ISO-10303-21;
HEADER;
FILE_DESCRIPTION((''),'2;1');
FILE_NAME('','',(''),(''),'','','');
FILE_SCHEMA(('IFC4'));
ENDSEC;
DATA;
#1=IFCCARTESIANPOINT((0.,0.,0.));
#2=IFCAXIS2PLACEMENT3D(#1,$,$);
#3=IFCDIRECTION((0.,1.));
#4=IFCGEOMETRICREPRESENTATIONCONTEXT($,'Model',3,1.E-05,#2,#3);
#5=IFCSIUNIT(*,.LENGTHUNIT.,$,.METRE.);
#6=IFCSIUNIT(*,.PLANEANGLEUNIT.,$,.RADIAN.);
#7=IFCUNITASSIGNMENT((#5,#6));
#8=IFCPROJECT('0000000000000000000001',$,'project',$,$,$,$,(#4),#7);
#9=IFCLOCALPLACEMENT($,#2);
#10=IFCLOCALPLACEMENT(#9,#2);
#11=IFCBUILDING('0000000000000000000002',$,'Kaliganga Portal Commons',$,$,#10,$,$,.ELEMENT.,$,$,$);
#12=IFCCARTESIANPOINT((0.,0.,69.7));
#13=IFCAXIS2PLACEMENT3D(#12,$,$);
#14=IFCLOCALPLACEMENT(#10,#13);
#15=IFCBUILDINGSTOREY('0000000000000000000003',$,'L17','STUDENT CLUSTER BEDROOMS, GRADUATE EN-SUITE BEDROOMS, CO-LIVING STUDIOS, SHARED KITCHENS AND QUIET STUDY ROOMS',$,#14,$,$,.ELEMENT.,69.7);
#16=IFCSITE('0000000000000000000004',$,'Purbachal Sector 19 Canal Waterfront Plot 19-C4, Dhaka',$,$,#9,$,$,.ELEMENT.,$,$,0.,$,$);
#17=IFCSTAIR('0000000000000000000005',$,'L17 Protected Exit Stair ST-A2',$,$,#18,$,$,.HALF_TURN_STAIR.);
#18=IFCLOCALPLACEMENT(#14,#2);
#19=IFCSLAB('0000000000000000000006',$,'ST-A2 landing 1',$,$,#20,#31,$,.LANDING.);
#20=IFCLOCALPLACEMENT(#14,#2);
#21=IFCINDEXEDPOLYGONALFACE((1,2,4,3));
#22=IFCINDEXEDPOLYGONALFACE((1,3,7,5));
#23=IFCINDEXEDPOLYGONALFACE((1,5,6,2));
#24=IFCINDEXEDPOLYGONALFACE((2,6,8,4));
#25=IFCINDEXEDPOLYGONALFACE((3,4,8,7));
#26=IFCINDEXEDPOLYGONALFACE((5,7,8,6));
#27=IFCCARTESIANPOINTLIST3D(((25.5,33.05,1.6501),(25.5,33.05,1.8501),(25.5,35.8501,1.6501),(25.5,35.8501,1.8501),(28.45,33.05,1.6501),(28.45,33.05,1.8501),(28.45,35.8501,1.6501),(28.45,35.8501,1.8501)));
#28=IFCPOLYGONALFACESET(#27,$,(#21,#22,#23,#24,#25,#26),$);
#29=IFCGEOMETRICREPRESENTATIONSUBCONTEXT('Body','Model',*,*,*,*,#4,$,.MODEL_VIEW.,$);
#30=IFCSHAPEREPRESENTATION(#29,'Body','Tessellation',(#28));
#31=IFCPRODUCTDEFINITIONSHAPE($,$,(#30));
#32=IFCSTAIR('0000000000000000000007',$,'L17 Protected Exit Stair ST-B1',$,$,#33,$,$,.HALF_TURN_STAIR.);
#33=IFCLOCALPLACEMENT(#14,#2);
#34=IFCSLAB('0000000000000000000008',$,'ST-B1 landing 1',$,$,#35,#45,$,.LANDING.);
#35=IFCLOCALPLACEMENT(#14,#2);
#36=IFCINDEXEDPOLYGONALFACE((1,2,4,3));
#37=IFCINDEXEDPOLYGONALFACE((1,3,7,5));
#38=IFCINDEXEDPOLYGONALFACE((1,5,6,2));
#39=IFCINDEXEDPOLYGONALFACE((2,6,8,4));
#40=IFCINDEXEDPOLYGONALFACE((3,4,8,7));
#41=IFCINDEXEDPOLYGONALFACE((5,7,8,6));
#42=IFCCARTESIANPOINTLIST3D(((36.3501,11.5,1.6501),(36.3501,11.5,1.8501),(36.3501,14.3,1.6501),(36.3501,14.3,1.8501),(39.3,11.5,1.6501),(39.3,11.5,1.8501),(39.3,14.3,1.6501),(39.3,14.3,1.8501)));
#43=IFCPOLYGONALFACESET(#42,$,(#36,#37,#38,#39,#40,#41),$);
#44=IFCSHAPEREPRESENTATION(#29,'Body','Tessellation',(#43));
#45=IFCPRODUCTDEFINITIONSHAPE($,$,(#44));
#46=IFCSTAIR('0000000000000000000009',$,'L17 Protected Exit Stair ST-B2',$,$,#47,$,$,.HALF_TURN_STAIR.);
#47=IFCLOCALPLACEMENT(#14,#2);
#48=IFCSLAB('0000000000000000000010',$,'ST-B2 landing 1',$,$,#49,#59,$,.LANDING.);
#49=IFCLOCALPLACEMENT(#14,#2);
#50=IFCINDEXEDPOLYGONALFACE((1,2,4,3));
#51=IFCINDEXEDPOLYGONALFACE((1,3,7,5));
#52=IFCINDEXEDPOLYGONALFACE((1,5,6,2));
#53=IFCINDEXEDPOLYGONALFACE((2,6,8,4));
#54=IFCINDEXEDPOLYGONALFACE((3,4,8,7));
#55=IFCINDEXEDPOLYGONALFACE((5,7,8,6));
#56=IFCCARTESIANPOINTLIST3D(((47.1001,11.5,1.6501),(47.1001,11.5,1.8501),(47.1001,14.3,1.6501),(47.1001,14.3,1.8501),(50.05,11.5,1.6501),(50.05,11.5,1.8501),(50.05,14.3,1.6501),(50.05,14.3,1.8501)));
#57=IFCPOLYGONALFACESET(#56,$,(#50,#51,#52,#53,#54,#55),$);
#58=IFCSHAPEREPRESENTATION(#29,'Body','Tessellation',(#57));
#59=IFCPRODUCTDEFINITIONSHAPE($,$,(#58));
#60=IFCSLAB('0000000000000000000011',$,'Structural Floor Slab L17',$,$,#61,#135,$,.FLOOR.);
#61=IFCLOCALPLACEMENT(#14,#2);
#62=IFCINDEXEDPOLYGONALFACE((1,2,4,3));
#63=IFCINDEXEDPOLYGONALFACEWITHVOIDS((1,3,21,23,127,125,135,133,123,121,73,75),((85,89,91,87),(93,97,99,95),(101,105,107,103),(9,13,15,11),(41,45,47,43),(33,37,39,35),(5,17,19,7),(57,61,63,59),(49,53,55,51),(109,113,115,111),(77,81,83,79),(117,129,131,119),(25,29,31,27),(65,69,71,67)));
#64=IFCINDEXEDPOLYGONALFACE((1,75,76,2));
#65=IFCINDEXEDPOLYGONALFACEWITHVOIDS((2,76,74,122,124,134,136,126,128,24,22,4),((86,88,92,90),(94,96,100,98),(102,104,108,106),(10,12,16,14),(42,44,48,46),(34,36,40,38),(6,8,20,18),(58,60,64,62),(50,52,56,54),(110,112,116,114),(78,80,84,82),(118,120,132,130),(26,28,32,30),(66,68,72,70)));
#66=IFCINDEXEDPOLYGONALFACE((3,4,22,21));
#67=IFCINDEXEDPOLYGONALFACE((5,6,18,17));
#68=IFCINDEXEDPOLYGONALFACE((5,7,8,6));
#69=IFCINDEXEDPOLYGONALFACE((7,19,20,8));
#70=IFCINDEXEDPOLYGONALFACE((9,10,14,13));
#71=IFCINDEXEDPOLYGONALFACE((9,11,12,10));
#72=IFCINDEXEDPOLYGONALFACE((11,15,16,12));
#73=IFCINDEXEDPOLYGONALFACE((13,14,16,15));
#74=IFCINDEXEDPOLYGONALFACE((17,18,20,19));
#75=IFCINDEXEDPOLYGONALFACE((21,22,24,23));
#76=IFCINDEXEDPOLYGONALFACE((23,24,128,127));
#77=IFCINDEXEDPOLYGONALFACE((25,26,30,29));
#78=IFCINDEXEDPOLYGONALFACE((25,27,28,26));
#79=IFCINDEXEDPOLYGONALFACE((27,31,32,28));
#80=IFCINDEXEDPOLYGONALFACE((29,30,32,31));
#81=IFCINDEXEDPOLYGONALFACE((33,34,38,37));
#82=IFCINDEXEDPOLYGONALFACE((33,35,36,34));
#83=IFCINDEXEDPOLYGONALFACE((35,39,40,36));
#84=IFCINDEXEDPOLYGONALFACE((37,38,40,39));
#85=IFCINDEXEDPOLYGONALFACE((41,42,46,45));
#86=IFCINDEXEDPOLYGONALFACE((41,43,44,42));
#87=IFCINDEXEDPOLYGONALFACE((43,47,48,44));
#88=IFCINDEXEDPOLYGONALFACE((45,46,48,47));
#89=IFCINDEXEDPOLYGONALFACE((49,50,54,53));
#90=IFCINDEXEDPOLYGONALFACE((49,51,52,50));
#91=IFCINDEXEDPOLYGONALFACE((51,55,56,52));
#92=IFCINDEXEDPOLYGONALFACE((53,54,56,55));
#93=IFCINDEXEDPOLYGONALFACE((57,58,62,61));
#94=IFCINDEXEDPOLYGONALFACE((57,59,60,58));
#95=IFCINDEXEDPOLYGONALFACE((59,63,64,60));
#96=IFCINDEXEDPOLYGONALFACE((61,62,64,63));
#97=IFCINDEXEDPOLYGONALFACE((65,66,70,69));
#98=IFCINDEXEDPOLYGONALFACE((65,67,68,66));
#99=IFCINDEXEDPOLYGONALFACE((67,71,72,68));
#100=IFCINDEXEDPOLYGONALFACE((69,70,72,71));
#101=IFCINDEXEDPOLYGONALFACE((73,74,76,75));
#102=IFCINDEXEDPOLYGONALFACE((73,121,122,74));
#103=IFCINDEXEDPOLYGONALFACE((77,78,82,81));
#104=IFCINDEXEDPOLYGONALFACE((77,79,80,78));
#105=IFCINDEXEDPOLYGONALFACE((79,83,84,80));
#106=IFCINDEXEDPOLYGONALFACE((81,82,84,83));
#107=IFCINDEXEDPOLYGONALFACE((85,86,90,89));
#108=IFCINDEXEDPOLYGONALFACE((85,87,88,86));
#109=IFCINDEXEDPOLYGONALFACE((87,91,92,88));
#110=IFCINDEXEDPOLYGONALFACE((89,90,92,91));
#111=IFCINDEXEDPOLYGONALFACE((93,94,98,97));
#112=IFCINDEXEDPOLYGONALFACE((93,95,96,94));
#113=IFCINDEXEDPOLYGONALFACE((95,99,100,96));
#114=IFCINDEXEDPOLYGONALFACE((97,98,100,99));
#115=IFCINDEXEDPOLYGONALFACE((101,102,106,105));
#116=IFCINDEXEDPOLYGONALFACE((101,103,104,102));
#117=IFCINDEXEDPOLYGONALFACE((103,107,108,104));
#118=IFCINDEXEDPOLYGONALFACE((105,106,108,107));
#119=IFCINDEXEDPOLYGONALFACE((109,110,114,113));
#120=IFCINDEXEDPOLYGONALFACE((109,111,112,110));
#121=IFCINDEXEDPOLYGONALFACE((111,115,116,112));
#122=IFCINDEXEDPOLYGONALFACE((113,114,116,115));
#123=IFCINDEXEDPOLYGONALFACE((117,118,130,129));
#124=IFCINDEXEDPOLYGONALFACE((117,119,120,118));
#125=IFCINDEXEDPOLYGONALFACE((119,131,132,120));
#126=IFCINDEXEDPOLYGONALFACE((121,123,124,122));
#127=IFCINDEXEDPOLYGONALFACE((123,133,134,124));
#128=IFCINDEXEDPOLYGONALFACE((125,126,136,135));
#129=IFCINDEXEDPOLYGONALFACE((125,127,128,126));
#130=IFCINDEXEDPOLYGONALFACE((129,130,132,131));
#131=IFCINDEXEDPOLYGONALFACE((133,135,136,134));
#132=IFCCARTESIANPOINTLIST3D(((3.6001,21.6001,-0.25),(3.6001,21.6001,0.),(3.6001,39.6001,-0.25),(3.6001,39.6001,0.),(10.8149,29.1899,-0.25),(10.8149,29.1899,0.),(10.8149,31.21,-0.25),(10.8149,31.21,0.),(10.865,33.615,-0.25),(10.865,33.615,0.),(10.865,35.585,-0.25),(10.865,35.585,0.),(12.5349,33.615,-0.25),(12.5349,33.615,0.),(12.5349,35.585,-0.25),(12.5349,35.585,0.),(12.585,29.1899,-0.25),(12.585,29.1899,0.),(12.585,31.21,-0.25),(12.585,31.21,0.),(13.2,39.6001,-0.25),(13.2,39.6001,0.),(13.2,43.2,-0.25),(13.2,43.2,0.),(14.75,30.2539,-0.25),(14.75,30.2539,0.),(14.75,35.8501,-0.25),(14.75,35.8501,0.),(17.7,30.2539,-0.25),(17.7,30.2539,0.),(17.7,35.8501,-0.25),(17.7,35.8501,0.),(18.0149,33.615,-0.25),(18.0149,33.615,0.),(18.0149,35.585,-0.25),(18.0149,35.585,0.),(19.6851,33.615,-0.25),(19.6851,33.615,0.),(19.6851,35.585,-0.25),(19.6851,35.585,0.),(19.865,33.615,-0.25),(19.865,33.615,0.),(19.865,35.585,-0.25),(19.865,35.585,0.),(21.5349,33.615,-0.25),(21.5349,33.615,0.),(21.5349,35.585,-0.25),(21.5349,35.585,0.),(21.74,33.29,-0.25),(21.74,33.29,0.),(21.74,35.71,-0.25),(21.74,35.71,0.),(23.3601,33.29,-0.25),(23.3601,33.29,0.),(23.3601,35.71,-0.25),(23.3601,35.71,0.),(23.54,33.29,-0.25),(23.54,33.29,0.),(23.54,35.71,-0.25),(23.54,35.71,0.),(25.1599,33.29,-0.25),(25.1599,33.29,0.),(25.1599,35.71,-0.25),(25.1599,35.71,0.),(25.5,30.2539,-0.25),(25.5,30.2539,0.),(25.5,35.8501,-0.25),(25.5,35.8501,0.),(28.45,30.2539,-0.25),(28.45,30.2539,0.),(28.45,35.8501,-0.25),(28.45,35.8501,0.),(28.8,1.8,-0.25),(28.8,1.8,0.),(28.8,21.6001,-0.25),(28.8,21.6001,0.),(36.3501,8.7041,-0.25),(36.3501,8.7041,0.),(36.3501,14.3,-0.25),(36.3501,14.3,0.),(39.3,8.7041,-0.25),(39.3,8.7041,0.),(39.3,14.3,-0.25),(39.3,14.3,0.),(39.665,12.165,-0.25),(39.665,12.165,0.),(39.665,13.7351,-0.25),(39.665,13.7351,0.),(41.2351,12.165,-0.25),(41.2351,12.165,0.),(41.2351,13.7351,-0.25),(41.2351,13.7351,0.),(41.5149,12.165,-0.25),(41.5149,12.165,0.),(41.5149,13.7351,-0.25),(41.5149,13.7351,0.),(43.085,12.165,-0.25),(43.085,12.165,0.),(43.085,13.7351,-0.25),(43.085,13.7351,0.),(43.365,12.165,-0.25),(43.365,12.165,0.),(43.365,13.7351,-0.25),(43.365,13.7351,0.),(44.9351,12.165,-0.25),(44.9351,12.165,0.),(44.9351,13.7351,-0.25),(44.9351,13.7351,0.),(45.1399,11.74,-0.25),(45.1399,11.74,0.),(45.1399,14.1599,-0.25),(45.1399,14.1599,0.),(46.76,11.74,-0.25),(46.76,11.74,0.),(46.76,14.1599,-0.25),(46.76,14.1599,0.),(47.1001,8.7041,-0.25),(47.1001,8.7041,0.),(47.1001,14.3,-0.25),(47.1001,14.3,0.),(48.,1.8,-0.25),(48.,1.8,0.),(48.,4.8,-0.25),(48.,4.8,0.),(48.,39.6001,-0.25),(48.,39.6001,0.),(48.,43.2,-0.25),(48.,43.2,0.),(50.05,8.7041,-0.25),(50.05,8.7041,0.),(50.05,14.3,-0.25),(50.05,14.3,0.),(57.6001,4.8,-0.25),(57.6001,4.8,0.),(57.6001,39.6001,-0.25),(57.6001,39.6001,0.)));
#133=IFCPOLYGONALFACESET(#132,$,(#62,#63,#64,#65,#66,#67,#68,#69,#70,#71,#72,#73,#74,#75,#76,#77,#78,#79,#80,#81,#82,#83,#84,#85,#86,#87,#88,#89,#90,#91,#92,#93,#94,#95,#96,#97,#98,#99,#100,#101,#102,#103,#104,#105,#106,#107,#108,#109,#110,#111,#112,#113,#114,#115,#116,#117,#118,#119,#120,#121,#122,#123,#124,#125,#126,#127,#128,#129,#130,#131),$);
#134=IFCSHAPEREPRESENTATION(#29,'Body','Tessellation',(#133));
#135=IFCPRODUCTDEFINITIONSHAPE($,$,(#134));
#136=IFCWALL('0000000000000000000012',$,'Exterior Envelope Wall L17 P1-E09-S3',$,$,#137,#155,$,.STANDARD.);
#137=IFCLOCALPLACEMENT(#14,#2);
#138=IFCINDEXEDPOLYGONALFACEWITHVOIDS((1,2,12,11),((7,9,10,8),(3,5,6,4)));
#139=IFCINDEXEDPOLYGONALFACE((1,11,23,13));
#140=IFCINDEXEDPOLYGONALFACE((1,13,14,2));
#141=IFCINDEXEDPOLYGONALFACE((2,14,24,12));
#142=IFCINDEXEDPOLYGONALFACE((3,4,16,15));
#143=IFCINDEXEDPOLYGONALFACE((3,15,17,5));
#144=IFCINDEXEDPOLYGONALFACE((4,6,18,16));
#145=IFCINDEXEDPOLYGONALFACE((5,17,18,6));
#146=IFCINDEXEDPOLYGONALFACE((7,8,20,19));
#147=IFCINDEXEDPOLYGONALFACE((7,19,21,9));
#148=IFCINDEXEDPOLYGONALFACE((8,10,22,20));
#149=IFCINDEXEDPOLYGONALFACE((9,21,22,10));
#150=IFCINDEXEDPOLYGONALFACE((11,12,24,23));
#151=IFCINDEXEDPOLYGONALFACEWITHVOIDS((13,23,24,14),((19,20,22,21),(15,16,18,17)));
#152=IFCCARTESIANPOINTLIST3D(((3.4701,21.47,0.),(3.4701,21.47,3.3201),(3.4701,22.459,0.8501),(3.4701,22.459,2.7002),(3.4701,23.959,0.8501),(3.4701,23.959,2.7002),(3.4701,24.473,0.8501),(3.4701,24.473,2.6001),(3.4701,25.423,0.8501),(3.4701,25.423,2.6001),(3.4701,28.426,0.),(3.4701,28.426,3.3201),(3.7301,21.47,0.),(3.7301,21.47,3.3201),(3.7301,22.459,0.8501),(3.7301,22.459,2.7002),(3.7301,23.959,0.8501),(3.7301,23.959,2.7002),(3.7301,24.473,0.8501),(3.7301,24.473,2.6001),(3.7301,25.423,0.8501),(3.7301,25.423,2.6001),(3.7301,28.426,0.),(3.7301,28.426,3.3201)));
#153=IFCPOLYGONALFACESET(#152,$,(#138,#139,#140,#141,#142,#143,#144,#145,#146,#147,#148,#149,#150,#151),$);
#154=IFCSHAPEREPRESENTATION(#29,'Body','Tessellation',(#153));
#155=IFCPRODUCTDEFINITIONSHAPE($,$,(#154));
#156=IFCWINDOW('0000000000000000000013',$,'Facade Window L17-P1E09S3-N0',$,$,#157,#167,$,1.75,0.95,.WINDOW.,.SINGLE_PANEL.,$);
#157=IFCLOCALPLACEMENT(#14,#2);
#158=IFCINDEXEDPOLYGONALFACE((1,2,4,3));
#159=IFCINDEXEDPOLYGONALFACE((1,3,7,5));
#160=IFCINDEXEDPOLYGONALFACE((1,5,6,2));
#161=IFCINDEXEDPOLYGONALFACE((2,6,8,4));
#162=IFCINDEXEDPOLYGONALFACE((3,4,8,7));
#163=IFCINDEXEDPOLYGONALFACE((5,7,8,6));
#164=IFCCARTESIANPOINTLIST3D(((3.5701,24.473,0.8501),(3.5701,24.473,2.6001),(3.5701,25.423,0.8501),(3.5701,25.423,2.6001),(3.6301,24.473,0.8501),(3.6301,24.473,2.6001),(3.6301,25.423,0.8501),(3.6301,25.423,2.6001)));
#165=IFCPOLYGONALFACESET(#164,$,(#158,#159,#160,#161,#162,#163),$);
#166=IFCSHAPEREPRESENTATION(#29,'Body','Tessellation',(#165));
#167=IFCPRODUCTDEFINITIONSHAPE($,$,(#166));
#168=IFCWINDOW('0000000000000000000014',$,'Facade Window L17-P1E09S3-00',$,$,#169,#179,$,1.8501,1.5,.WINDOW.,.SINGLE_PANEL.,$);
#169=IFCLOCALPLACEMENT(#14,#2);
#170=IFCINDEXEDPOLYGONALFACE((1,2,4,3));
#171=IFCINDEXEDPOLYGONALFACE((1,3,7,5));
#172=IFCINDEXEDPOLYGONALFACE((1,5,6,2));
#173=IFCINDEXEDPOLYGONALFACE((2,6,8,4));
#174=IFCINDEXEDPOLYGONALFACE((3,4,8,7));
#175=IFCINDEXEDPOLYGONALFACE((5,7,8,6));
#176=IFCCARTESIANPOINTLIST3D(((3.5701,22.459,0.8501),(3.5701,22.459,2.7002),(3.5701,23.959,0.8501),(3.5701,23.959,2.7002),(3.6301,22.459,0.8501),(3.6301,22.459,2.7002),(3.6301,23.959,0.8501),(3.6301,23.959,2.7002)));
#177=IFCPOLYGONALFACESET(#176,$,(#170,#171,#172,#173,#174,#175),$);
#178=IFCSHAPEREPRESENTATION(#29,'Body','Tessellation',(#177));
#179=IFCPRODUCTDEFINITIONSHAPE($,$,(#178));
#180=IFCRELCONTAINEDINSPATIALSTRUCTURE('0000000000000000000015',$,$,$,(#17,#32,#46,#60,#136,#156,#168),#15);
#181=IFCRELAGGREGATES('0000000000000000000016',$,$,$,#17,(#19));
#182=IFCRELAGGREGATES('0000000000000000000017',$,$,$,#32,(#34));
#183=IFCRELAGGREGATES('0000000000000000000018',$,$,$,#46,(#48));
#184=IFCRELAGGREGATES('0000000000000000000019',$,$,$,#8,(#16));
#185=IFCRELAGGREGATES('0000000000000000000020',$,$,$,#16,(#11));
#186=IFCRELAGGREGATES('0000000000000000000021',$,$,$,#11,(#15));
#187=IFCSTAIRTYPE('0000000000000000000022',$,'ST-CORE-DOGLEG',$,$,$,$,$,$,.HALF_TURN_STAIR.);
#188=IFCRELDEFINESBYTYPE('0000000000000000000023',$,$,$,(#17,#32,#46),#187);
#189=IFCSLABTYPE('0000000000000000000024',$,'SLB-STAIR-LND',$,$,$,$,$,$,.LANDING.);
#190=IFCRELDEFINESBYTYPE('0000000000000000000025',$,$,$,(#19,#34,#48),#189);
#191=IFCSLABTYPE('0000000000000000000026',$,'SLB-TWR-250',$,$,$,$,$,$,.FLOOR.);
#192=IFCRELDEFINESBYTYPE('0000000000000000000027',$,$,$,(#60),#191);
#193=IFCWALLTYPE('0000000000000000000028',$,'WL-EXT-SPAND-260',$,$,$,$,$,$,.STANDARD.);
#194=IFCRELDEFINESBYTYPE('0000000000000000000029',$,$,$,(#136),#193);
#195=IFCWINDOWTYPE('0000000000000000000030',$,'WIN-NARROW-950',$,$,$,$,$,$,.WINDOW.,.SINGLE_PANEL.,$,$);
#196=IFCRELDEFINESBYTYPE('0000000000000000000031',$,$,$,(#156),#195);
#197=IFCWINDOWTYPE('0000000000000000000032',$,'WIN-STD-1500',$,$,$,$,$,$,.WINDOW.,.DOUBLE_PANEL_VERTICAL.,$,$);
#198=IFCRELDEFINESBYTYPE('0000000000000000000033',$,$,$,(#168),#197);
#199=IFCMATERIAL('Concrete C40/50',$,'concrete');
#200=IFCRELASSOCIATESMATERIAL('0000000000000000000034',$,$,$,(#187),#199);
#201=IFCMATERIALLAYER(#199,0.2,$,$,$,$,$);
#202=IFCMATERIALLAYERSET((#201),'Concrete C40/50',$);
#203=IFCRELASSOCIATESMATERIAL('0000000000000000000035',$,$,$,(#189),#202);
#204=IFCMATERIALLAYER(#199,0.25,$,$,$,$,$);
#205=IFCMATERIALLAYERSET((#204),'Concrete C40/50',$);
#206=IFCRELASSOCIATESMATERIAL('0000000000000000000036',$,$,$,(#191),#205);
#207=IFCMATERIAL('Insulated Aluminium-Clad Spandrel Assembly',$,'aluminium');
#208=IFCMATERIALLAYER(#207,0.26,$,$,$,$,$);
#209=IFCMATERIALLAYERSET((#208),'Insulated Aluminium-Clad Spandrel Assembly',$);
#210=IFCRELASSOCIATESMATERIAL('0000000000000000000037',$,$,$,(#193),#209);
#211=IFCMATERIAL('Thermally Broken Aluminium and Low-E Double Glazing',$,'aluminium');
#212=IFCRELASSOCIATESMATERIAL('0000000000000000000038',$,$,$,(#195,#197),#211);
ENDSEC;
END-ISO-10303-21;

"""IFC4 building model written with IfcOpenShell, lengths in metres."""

from ifc_helpers import new_model, si_unit, direction, frame, frame_2d, origin, place, context, subcontext, project, spatial, polyline, rectangle, outline, extrude, material, layer, layer_set, type_object, element, fill, aggregate, save


model = new_model("IFC4")

# Units and contexts
model_context = context("Model", 3, precision=1e-05, world=origin(), true_north=direction((0.0, 1.0)))
body_context = subcontext(model_context, "Body", "Model", "MODEL_VIEW")
ifc_project = project(units=[si_unit("LENGTHUNIT", "METRE"), si_unit("PLANEANGLEUNIT", "RADIAN")], contexts=[model_context])

# Site, building, storey
site_placement = place(None, origin())
site = spatial("IfcSite", under=ifc_project, at=site_placement, Name="Purbachal Sector 19 Canal Waterfront Plot 19-C4, Dhaka", CompositionType="ELEMENT", RefElevation=0.0)
building_placement = place(site_placement, origin())
building = spatial("IfcBuilding", under=site, at=building_placement, Name="Kaliganga Portal Commons", CompositionType="ELEMENT")
storey_placement = place(building_placement, frame((0.0, 0.0, 69.7)))
storey = spatial("IfcBuildingStorey", under=building, at=storey_placement, Name="L17", Description="STUDENT CLUSTER BEDROOMS, GRADUATE EN-SUITE BEDROOMS, CO-LIVING STUDIOS, SHARED KITCHENS AND QUIET STUDY ROOMS", CompositionType="ELEMENT", Elevation=69.7)

# Shared definitions
ifc_material_1 = material(Name="Concrete C40/50", Category="concrete")

# Stairs, slabs
stair_type = type_object("IfcStairType", Name="ST-CORE-DOGLEG", PredefinedType="HALF_TURN_STAIR", material=ifc_material_1)
ifc_layer_1 = layer(ifc_material_1, 0.2)
ifc_layer_set_1 = layer_set([ifc_layer_1], Name="Concrete C40/50")
slab_type_1 = type_object("IfcSlabType", Name="SLB-STAIR-LND", PredefinedType="LANDING", material=ifc_layer_set_1)
stair_1_placement = place(storey_placement, origin())
stair_1 = element("IfcStair", 1, at=stair_1_placement, inside=storey, type_object=stair_type, Name="L17 Protected Exit Stair ST-A2", PredefinedType="HALF_TURN_STAIR")
slab_1_placement = place(storey_placement, frame((0.0, 0.0, 1.6501)))
slab_1 = element("IfcSlab", 2, at=slab_1_placement, type_object=slab_type_1, Name="ST-A2 landing 1", PredefinedType="LANDING", context=body_context, shape_type="SweptSolid", body=[
    extrude(outline(polyline([(28.45, 33.05), (28.45, 35.8501), (25.5, 35.8501), (25.5, 33.05), (28.45, 33.05)])), origin(), (0.0, 0.0, 1.0), 0.2),
])
aggregate(stair_1, [slab_1])
stair_2_placement = place(storey_placement, origin())
stair_2 = element("IfcStair", 3, at=stair_2_placement, inside=storey, type_object=stair_type, Name="L17 Protected Exit Stair ST-B1", PredefinedType="HALF_TURN_STAIR")
slab_2_placement = place(storey_placement, frame((0.0, 0.0, 1.6501)))
slab_2 = element("IfcSlab", 4, at=slab_2_placement, type_object=slab_type_1, Name="ST-B1 landing 1", PredefinedType="LANDING", context=body_context, shape_type="SweptSolid", body=[
    extrude(outline(polyline([(39.3, 11.5), (39.3, 14.3), (36.3501, 14.3), (36.3501, 11.5), (39.3, 11.5)])), origin(), (0.0, 0.0, 1.0), 0.2),
])
aggregate(stair_2, [slab_2])
stair_3_placement = place(storey_placement, origin())
stair_3 = element("IfcStair", 5, at=stair_3_placement, inside=storey, type_object=stair_type, Name="L17 Protected Exit Stair ST-B2", PredefinedType="HALF_TURN_STAIR")
slab_3_placement = place(storey_placement, frame((0.0, 0.0, 1.6501)))
slab_3 = element("IfcSlab", 6, at=slab_3_placement, type_object=slab_type_1, Name="ST-B2 landing 1", PredefinedType="LANDING", context=body_context, shape_type="SweptSolid", body=[
    extrude(outline(polyline([(50.05, 11.5), (50.05, 14.3), (47.1001, 14.3), (47.1001, 11.5), (50.05, 11.5)])), origin(), (0.0, 0.0, 1.0), 0.2),
])
aggregate(stair_3, [slab_3])

# Slab
ifc_layer_2 = layer(ifc_material_1, 0.25)
ifc_layer_set_2 = layer_set([ifc_layer_2], Name="Concrete C40/50")
slab_type_2 = type_object("IfcSlabType", Name="SLB-TWR-250", PredefinedType="FLOOR", material=ifc_layer_set_2)
slab_4_placement = place(storey_placement, frame((0.0, 0.0, -0.25)))
element("IfcSlab", 7, at=slab_4_placement, inside=storey, type_object=slab_type_2, Name="Structural Floor Slab L17", PredefinedType="FLOOR", context=body_context, shape_type="SweptSolid", body=[
    extrude(outline(polyline([(28.8, 1.8), (48.0, 1.8), (48.0, 4.8), (57.6001, 4.8), (57.6001, 39.6001), (48.0, 39.6001), (48.0, 43.2), (13.2, 43.2), (13.2, 39.6001), (3.6001, 39.6001), (3.6001, 21.6001), (28.8, 21.6001), (28.8, 1.8)]), holes=[polyline([(14.75, 30.2539), (14.75, 35.8501), (17.7, 35.8501), (17.7, 30.2539), (14.75, 30.2539)]), polyline([(25.5, 30.2539), (25.5, 35.8501), (28.45, 35.8501), (28.45, 30.2539), (25.5, 30.2539)]), polyline([(36.3501, 8.7041), (36.3501, 14.3), (39.3, 14.3), (39.3, 8.7041), (36.3501, 8.7041)]), polyline([(47.1001, 8.7041), (47.1001, 14.3), (50.05, 14.3), (50.05, 8.7041), (47.1001, 8.7041)]), polyline([(18.0149, 33.615), (18.0149, 35.585), (19.6851, 35.585), (19.6851, 33.615), (18.0149, 33.615)]), polyline([(19.865, 33.615), (19.865, 35.585), (21.5349, 35.585), (21.5349, 33.615), (19.865, 33.615)]), polyline([(10.8149, 29.1899), (10.8149, 31.21), (12.585, 31.21), (12.585, 29.1899), (10.8149, 29.1899)]), polyline([(10.865, 33.615), (10.865, 35.585), (12.5349, 35.585), (12.5349, 33.615), (10.865, 33.615)]), polyline([(21.74, 33.29), (21.74, 35.71), (23.3601, 35.71), (23.3601, 33.29), (21.74, 33.29)]), polyline([(23.54, 33.29), (23.54, 35.71), (25.1599, 35.71), (25.1599, 33.29), (23.54, 33.29)]), polyline([(39.665, 12.165), (39.665, 13.7351), (41.2351, 13.7351), (41.2351, 12.165), (39.665, 12.165)]), polyline([(41.5149, 12.165), (41.5149, 13.7351), (43.085, 13.7351), (43.085, 12.165), (41.5149, 12.165)]), polyline([(43.365, 12.165), (43.365, 13.7351), (44.9351, 13.7351), (44.9351, 12.165), (43.365, 12.165)]), polyline([(45.1399, 11.74), (45.1399, 14.1599), (46.76, 14.1599), (46.76, 11.74), (45.1399, 11.74)])]), origin(), (0.0, 0.0, 1.0), 0.25),
])

# Wall, openings, windows
ifc_material_2 = material(Name="Insulated Aluminium-Clad Spandrel Assembly", Category="aluminium")
ifc_layer_3 = layer(ifc_material_2, 0.26)
ifc_layer_set_3 = layer_set([ifc_layer_3], Name="Insulated Aluminium-Clad Spandrel Assembly")
wall_type_1 = type_object("IfcWallType", Name="WL-EXT-SPAND-260", PredefinedType="STANDARD", material=ifc_layer_set_3)
wall_1_placement = place(storey_placement, frame((3.6001, 21.47, 0.0), z_axis=(0.0, 0.0, 1.0), x_axis=(0.0, 1.0, 0.0)))
wall_1 = element("IfcWall", 8, at=wall_1_placement, inside=storey, type_object=wall_type_1, Name="Exterior Envelope Wall L17 P1-E09-S3", PredefinedType="STANDARD", context=body_context, shape_type="SweptSolid", body=[
    extrude(rectangle(XDim=6.9561, YDim=0.26, at=frame_2d((3.478, 0.0))), origin(), (0.0, 0.0, 1.0), 3.3201),
])
opening_1_placement = place(wall_1_placement, frame((0.989, 0.0, 0.8501)))
opening_1 = element("IfcOpeningElement", 9, at=opening_1_placement, cuts=wall_1, PredefinedType="OPENING", context=body_context, shape_type="SweptSolid", body=[
    extrude(rectangle(XDim=1.5, YDim=1.8501, at=frame_2d((0.75, 0.925))), frame((0.0, 0.1401, 0.0), z_axis=(0.0, -1.0, 0.0), x_axis=(1.0, 0.0, 0.0)), (0.0, 0.0, 1.0), 0.28),
])
opening_2_placement = place(wall_1_placement, frame((3.0029, 0.0, 0.8501)))
opening_2 = element("IfcOpeningElement", 10, at=opening_2_placement, cuts=wall_1, PredefinedType="OPENING", context=body_context, shape_type="SweptSolid", body=[
    extrude(rectangle(XDim=0.95, YDim=1.75, at=frame_2d((0.4751, 0.875))), frame((0.0, 0.1401, 0.0), z_axis=(0.0, -1.0, 0.0), x_axis=(1.0, 0.0, 0.0)), (0.0, 0.0, 1.0), 0.28),
])
ifc_material_3 = material(Name="Thermally Broken Aluminium and Low-E Double Glazing", Category="aluminium")
window_type_1 = type_object("IfcWindowType", Name="WIN-NARROW-950", PartitioningType="SINGLE_PANEL", PredefinedType="WINDOW", material=ifc_material_3)
window_1_placement = place(opening_2_placement, origin())
window_1 = element("IfcWindow", 11, at=window_1_placement, inside=storey, type_object=window_type_1, Name="Facade Window L17-P1E09S3-N0", OverallHeight=1.75, OverallWidth=0.95, PartitioningType="SINGLE_PANEL", PredefinedType="WINDOW", context=body_context, shape_type="SweptSolid", body=[
    extrude(rectangle(XDim=0.95, YDim=1.75, at=frame_2d((0.4751, 0.875))), frame((0.0, 0.03, 0.0), z_axis=(0.0, -1.0, 0.0), x_axis=(1.0, 0.0, 0.0)), (0.0, 0.0, 1.0), 0.0601),
])
fill(opening_2, window_1)
window_type_2 = type_object("IfcWindowType", Name="WIN-STD-1500", PartitioningType="DOUBLE_PANEL_VERTICAL", PredefinedType="WINDOW", material=ifc_material_3)
window_2_placement = place(opening_1_placement, origin())
window_2 = element("IfcWindow", 12, at=window_2_placement, inside=storey, type_object=window_type_2, Name="Facade Window L17-P1E09S3-00", OverallHeight=1.8501, OverallWidth=1.5, PartitioningType="SINGLE_PANEL", PredefinedType="WINDOW", context=body_context, shape_type="SweptSolid", body=[
    extrude(rectangle(XDim=1.5, YDim=1.8501, at=frame_2d((0.75, 0.925))), frame((0.0, 0.03, 0.0), z_axis=(0.0, -1.0, 0.0), x_axis=(1.0, 0.0, 0.0)), (0.0, 0.0, 1.0), 0.0601),
])
fill(opening_1, window_2)

save(model, "model.ifc")
